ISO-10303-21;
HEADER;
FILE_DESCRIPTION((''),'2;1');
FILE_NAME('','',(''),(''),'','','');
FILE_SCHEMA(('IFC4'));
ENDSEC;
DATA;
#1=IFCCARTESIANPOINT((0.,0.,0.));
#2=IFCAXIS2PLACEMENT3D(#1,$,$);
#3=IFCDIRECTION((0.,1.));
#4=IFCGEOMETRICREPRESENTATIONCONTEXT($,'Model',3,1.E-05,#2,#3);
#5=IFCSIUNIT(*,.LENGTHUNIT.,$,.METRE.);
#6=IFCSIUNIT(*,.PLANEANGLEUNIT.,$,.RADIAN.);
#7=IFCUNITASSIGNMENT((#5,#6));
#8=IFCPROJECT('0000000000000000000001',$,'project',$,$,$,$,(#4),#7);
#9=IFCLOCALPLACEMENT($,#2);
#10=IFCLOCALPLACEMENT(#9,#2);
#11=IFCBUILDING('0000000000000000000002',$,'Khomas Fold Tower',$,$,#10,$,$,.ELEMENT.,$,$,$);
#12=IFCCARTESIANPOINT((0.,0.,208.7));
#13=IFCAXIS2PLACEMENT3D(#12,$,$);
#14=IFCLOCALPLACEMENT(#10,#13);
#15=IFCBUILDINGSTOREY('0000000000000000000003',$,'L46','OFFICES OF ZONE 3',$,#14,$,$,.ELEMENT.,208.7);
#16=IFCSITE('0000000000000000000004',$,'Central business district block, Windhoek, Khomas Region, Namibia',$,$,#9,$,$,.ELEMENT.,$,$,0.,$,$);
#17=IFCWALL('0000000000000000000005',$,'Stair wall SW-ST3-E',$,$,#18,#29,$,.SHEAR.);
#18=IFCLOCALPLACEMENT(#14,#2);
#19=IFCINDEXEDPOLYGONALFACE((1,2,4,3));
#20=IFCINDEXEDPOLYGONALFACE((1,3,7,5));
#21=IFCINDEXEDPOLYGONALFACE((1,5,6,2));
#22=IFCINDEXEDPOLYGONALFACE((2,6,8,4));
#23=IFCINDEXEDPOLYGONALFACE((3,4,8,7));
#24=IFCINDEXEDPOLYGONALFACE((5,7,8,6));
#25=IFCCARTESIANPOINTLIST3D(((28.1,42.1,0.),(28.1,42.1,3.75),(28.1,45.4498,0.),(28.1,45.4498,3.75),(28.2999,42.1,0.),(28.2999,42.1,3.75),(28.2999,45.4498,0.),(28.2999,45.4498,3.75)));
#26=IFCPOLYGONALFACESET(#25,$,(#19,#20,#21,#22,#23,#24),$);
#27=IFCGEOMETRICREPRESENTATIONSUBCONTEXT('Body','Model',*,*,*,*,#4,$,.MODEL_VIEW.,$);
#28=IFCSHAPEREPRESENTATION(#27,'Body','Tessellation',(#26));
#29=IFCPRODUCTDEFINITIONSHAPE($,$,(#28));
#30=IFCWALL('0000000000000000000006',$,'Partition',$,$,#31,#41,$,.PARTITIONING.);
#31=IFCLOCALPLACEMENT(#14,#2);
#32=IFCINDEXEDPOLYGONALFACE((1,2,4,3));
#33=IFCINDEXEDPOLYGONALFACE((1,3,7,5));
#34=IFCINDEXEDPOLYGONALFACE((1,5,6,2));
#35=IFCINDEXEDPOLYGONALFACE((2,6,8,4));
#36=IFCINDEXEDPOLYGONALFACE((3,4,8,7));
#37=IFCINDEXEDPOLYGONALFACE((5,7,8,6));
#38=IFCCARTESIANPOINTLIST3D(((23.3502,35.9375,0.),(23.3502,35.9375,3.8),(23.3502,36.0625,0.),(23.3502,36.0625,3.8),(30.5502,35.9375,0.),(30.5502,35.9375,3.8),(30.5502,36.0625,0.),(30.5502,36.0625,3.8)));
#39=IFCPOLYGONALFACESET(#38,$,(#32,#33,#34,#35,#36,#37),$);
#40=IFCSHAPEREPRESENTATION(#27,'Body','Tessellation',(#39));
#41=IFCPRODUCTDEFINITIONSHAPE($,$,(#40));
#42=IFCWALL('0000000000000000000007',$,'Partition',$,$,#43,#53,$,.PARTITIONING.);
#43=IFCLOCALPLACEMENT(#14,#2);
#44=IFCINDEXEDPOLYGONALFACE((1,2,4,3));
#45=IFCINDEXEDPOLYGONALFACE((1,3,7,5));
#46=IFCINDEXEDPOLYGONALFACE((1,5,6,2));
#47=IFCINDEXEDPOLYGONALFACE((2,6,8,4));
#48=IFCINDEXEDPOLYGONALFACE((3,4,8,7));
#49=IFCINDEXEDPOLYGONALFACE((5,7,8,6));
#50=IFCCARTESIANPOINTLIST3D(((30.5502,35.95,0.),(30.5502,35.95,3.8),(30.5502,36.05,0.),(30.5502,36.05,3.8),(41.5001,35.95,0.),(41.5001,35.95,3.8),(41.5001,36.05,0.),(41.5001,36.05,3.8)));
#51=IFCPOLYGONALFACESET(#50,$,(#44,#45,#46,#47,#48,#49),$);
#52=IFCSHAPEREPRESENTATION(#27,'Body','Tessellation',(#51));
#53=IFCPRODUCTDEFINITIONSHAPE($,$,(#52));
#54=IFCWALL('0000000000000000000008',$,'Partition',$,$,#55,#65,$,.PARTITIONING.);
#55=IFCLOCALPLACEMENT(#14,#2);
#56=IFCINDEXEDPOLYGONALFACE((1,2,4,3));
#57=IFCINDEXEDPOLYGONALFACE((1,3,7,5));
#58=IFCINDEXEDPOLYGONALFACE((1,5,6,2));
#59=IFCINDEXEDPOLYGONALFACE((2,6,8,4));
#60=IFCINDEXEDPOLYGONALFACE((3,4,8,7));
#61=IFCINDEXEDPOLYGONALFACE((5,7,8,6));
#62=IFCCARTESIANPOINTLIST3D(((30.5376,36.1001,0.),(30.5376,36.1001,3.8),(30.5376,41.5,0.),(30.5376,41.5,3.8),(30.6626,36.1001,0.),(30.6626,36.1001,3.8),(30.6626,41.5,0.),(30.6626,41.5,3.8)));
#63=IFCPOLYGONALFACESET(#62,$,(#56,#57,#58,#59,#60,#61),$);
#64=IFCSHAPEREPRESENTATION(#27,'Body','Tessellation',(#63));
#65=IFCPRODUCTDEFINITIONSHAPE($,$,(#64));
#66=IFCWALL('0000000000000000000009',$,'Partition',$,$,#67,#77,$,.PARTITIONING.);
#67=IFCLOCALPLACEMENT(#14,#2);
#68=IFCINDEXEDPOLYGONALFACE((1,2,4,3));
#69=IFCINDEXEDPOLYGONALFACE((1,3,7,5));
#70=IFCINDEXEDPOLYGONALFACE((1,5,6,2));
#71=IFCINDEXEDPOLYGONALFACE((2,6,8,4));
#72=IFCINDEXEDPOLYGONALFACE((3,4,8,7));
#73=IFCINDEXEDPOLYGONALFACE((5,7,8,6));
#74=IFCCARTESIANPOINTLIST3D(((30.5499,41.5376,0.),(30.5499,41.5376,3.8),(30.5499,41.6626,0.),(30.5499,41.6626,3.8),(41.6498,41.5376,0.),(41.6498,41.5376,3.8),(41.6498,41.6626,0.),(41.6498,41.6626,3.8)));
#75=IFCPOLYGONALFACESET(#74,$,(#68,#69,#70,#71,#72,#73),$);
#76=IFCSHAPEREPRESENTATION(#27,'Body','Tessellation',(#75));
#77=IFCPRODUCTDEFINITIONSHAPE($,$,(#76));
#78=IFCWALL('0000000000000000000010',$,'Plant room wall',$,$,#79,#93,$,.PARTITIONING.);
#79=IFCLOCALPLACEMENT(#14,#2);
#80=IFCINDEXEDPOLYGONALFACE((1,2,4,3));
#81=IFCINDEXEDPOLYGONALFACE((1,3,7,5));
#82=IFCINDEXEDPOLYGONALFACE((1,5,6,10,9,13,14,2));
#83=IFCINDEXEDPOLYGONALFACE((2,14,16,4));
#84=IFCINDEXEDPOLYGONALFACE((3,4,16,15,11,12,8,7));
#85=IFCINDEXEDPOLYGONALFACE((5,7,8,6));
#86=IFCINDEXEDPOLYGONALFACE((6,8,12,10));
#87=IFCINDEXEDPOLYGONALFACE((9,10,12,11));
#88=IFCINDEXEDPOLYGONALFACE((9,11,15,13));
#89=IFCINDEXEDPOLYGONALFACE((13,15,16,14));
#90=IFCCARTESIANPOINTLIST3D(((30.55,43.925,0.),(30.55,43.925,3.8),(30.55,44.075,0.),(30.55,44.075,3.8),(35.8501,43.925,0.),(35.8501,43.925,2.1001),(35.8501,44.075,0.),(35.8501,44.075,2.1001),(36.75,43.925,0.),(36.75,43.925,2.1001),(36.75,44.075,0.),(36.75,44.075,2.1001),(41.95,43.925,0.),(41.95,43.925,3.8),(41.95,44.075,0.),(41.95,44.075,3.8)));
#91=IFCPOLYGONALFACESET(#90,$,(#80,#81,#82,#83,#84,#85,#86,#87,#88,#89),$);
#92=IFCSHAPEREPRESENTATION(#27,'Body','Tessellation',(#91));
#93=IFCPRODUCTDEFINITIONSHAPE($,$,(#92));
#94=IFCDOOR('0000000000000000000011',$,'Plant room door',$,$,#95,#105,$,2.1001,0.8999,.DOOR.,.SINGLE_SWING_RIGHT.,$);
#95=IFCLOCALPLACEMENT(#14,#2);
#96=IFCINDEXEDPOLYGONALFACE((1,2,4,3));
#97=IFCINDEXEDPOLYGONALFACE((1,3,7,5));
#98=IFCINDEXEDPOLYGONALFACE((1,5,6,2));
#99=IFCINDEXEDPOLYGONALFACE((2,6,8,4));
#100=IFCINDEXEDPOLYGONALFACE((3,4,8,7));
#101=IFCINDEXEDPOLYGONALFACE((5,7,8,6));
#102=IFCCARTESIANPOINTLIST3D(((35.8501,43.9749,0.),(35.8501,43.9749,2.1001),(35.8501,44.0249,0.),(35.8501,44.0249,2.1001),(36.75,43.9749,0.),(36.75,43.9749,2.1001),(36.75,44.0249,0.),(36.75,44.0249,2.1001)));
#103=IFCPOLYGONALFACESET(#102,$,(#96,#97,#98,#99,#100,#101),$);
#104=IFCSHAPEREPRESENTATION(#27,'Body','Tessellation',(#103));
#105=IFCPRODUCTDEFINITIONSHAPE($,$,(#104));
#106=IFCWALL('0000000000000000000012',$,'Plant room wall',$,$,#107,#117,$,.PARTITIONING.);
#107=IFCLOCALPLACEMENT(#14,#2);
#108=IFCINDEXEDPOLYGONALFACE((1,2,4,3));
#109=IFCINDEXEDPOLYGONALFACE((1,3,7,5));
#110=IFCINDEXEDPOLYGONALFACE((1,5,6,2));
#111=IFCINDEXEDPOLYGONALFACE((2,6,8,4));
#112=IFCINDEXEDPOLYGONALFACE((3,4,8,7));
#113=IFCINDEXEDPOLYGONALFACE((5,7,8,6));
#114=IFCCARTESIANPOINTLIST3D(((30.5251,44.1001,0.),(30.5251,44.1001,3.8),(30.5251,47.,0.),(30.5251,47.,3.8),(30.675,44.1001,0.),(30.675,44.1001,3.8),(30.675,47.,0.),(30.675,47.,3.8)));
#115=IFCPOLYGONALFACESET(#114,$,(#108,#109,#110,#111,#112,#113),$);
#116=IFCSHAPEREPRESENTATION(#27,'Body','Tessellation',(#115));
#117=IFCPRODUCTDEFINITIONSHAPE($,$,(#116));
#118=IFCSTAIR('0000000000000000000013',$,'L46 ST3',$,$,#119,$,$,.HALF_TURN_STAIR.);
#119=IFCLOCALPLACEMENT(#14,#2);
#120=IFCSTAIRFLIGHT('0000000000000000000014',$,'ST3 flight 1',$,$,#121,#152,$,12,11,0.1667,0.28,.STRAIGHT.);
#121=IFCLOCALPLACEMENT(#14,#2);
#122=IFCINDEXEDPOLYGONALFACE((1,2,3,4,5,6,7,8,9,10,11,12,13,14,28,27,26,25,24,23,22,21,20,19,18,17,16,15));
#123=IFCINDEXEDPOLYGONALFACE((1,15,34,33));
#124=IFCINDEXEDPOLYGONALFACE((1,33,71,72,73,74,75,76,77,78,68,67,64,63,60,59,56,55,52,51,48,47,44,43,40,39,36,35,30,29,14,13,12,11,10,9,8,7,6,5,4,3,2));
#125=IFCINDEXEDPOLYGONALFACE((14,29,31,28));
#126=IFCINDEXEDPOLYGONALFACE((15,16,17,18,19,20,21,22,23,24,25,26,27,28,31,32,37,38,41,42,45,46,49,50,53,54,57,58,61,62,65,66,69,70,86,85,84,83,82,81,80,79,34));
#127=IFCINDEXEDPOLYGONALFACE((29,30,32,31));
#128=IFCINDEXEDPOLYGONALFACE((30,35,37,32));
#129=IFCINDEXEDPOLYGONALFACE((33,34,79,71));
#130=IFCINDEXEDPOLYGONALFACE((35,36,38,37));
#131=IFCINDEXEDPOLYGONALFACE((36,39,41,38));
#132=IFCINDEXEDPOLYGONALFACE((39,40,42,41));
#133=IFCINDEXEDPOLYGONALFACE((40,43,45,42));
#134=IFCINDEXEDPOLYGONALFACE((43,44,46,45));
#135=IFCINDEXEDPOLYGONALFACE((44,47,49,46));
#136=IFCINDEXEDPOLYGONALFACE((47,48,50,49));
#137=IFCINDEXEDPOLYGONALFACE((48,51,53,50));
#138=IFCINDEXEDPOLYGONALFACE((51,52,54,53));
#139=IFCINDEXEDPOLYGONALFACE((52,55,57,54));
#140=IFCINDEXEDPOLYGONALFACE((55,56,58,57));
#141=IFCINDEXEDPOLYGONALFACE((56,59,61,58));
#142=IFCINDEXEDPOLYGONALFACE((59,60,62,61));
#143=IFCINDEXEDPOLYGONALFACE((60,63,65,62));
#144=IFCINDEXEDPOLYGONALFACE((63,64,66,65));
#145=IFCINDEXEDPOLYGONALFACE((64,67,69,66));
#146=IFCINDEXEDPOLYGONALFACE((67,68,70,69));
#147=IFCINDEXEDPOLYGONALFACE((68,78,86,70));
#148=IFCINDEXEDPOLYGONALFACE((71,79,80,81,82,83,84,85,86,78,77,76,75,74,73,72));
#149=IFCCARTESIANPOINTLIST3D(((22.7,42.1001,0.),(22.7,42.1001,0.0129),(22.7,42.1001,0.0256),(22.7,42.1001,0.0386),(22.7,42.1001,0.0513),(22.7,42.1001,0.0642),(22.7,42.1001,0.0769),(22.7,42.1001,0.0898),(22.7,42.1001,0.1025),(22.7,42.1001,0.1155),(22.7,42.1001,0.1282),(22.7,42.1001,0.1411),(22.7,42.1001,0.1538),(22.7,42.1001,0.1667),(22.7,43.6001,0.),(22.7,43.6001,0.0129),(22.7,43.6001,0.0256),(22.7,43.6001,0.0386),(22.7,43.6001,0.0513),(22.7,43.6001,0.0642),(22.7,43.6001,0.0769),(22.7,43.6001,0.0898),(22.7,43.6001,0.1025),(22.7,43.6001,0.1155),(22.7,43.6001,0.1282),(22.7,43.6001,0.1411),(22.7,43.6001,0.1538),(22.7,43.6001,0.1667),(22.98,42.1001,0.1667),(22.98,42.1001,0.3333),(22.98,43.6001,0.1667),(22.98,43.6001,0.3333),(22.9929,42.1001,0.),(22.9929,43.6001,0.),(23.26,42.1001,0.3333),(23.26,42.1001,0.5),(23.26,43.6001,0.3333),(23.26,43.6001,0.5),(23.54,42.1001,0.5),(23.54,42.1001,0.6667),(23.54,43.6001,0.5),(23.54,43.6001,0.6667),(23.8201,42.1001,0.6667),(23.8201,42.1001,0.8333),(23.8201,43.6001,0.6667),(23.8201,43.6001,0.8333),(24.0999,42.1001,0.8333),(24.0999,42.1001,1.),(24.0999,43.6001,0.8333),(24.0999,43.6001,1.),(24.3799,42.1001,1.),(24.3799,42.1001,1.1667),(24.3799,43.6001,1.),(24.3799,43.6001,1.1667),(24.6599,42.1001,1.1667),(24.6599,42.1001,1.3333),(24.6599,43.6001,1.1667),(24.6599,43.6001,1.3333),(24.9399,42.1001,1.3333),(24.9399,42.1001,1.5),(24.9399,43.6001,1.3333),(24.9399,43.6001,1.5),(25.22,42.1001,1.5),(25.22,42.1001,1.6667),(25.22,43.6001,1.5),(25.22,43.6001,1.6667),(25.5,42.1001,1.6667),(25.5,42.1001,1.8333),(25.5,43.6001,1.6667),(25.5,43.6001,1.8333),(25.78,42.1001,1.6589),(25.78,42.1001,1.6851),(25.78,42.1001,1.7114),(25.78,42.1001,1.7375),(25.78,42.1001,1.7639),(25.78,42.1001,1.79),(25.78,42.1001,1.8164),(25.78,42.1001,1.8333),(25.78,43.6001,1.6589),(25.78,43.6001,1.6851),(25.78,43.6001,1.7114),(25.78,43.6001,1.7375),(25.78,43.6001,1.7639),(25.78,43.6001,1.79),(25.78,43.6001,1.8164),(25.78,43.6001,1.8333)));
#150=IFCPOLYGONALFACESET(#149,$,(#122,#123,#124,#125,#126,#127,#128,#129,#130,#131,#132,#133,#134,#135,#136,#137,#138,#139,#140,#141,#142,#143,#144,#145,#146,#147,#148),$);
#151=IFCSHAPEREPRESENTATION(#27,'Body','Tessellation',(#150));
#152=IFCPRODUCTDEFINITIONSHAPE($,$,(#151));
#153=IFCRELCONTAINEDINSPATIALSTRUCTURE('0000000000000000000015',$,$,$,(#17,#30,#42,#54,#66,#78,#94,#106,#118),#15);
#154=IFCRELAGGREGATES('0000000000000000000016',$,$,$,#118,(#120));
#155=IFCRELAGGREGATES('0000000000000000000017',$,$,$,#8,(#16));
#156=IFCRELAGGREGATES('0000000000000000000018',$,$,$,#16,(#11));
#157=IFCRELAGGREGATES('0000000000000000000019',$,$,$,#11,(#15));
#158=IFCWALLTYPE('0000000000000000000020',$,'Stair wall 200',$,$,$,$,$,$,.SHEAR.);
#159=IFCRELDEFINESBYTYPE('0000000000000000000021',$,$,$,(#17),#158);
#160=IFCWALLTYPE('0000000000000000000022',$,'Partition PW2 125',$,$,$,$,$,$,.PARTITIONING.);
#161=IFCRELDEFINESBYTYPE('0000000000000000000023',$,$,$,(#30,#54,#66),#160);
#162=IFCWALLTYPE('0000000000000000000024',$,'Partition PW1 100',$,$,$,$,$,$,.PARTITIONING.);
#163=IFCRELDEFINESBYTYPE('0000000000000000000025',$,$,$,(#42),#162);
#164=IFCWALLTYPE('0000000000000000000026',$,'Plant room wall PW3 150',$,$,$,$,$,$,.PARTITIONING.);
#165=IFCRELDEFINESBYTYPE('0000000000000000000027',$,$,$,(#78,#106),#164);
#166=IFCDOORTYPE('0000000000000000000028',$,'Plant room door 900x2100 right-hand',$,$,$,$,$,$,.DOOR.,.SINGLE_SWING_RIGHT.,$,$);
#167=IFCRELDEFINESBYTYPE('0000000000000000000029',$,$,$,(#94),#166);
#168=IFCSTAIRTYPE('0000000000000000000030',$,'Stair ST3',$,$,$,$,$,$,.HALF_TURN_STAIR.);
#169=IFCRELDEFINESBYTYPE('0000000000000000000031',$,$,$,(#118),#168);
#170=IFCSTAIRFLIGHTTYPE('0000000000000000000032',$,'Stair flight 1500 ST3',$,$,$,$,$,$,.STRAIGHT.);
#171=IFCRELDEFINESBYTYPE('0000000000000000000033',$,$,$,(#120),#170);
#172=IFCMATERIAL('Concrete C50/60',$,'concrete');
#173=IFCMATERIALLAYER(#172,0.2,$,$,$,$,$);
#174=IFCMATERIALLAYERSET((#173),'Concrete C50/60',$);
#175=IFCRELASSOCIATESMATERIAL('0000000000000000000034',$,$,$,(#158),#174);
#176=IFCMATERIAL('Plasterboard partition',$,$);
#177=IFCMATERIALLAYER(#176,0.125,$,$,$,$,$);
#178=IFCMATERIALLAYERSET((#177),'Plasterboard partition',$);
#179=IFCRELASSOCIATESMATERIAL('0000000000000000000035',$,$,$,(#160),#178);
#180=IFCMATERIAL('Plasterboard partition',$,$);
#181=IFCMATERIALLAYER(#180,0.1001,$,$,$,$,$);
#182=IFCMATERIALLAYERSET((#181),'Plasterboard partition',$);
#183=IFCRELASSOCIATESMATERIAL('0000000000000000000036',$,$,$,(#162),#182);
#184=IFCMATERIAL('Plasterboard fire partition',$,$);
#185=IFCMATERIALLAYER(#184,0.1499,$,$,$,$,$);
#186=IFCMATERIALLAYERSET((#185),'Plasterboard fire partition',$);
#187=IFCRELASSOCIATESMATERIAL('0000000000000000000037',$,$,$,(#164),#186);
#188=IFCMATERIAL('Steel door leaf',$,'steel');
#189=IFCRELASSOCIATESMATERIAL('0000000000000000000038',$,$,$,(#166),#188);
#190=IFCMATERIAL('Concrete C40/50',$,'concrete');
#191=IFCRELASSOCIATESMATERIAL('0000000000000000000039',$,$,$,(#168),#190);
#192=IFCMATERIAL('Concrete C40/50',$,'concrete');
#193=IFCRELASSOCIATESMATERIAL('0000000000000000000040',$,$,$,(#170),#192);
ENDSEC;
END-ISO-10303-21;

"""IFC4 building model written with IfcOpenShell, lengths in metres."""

from ifc_helpers import new_model, si_unit, direction, frame, frame_2d, origin, place, context, subcontext, project, spatial, polyline, rectangle, outline, extrude, source, transform, mapped, material, layer, layer_set, type_object, element, fill, aggregate, save


model = new_model("IFC4")

# Units and contexts
model_context = context("Model", 3, precision=1e-05, world=origin(), true_north=direction((0.0, 1.0)))
body_context = subcontext(model_context, "Body", "Model", "MODEL_VIEW")
ifc_project = project(units=[si_unit("LENGTHUNIT", "METRE"), si_unit("PLANEANGLEUNIT", "RADIAN")], contexts=[model_context])

# Site, building, storey
site_placement = place(None, origin())
site = spatial("IfcSite", under=ifc_project, at=site_placement, Name="Central business district block, Windhoek, Khomas Region, Namibia", CompositionType="ELEMENT", RefElevation=0.0)
building_placement = place(site_placement, origin())
building = spatial("IfcBuilding", under=site, at=building_placement, Name="Khomas Fold Tower", CompositionType="ELEMENT")
storey_placement = place(building_placement, frame((0.0, 0.0, 208.7)))
storey = spatial("IfcBuildingStorey", under=building, at=storey_placement, Name="L46", Description="OFFICES OF ZONE 3", CompositionType="ELEMENT", Elevation=208.7)

# Walls
ifc_material_1 = material(Name="Concrete C50/60", Category="concrete")
ifc_layer_1 = layer(ifc_material_1, 0.2)
ifc_layer_set_1 = layer_set([ifc_layer_1], Name="Concrete C50/60")
wall_type_1 = type_object("IfcWallType", Name="Stair wall 200", PredefinedType="SHEAR", material=ifc_layer_set_1)
shared_shape_1 = source(origin(), body_context, "Body", "SweptSolid", [
    extrude(rectangle(XDim=3.3499, YDim=0.2, at=frame_2d((1.6748, 0.0))), origin(), (0.0, 0.0, 1.0), 3.75),
])
wall_1_placement = place(storey_placement, frame((28.2, 42.1001, 0.0), z_axis=(0.0, 0.0, 1.0), x_axis=(0.0, 1.0, 0.0)))
element("IfcWall", 1, at=wall_1_placement, inside=storey, type_object=wall_type_1, Name="Stair wall SW-ST3-E", PredefinedType="SHEAR", context=body_context, shape_type="MappedRepresentation", body=[
    mapped(shared_shape_1, transform((0.0, 0.0, 0.0))),
])
ifc_material_2 = material(Name="Plasterboard partition")
ifc_layer_2 = layer(ifc_material_2, 0.125)
ifc_layer_set_2 = layer_set([ifc_layer_2], Name="Plasterboard partition")
wall_type_2 = type_object("IfcWallType", Name="Partition PW2 125", PredefinedType="PARTITIONING", material=ifc_layer_set_2)
shared_shape_2 = source(origin(), body_context, "Body", "SweptSolid", [
    extrude(rectangle(XDim=7.2, YDim=0.125, at=frame_2d((3.6001, 0.0))), origin(), (0.0, 0.0, 1.0), 3.8),
])
wall_2_placement = place(storey_placement, frame((23.3501, 36.0, 0.0), z_axis=(0.0, 0.0, 1.0), x_axis=(1.0, 0.0, 0.0)))
element("IfcWall", 2, at=wall_2_placement, inside=storey, type_object=wall_type_2, Name="Partition", PredefinedType="PARTITIONING", context=body_context, shape_type="MappedRepresentation", body=[
    mapped(shared_shape_2, transform((0.0, 0.0, 0.0))),
])
ifc_material_3 = material(Name="Plasterboard partition")
ifc_layer_3 = layer(ifc_material_3, 0.1001)
ifc_layer_set_3 = layer_set([ifc_layer_3], Name="Plasterboard partition")
wall_type_3 = type_object("IfcWallType", Name="Partition PW1 100", PredefinedType="PARTITIONING", material=ifc_layer_set_3)
shared_shape_3 = source(origin(), body_context, "Body", "SweptSolid", [
    extrude(rectangle(XDim=10.95, YDim=0.1001, at=frame_2d((5.4751, 0.0))), origin(), (0.0, 0.0, 1.0), 3.8),
])
wall_3_placement = place(storey_placement, frame((30.55, 36.0, 0.0), z_axis=(0.0, 0.0, 1.0), x_axis=(1.0, 0.0, 0.0)))
element("IfcWall", 3, at=wall_3_placement, inside=storey, type_object=wall_type_3, Name="Partition", PredefinedType="PARTITIONING", context=body_context, shape_type="MappedRepresentation", body=[
    mapped(shared_shape_3, transform((0.0, 0.0, 0.0))),
])
shared_shape_4 = source(origin(), body_context, "Body", "SweptSolid", [
    extrude(rectangle(XDim=5.3999, YDim=0.125, at=frame_2d((2.7, 0.0))), origin(), (0.0, 0.0, 1.0), 3.8),
])
wall_4_placement = place(storey_placement, frame((30.6001, 36.1001, 0.0), z_axis=(0.0, 0.0, 1.0), x_axis=(0.0, 1.0, 0.0)))
element("IfcWall", 4, at=wall_4_placement, inside=storey, type_object=wall_type_2, Name="Partition", PredefinedType="PARTITIONING", context=body_context, shape_type="MappedRepresentation", body=[
    mapped(shared_shape_4, transform((0.0, 0.0, 0.0))),
])
shared_shape_5 = source(origin(), body_context, "Body", "SweptSolid", [
    extrude(rectangle(XDim=11.0999, YDim=0.125, at=frame_2d((5.5498, 0.0))), origin(), (0.0, 0.0, 1.0), 3.8),
])
wall_5_placement = place(storey_placement, frame((30.55, 41.6001, 0.0), z_axis=(0.0, 0.0, 1.0), x_axis=(1.0, 0.0, 0.0)))
element("IfcWall", 5, at=wall_5_placement, inside=storey, type_object=wall_type_2, Name="Partition", PredefinedType="PARTITIONING", context=body_context, shape_type="MappedRepresentation", body=[
    mapped(shared_shape_5, transform((0.0, 0.0, 0.0))),
])

# Wall, opening, door
ifc_material_4 = material(Name="Plasterboard fire partition")
ifc_layer_4 = layer(ifc_material_4, 0.1499)
ifc_layer_set_4 = layer_set([ifc_layer_4], Name="Plasterboard fire partition")
wall_type_4 = type_object("IfcWallType", Name="Plant room wall PW3 150", PredefinedType="PARTITIONING", material=ifc_layer_set_4)
shared_shape_6 = source(origin(), body_context, "Body", "SweptSolid", [
    extrude(rectangle(XDim=11.3999, YDim=0.1499, at=frame_2d((5.7, 0.0))), origin(), (0.0, 0.0, 1.0), 3.8),
])
wall_6_placement = place(storey_placement, frame((30.55, 44.0, 0.0), z_axis=(0.0, 0.0, 1.0), x_axis=(1.0, 0.0, 0.0)))
wall_6 = element("IfcWall", 6, at=wall_6_placement, inside=storey, type_object=wall_type_4, Name="Plant room wall", PredefinedType="PARTITIONING", context=body_context, shape_type="MappedRepresentation", body=[
    mapped(shared_shape_6, transform((0.0, 0.0, 0.0))),
])
shared_shape_7 = source(origin(), body_context, "Body", "SweptSolid", [
    extrude(rectangle(XDim=0.8999, YDim=2.1001, at=frame_2d((0.45, 1.05))), frame((0.0, 0.085, 0.0), z_axis=(0.0, -1.0, 0.0), x_axis=(1.0, 0.0, 0.0)), (0.0, 0.0, 1.0), 0.1699),
])
opening_placement = place(wall_6_placement, frame((5.3, 0.0, 0.0)))
opening = element("IfcOpeningElement", 7, at=opening_placement, cuts=wall_6, PredefinedType="OPENING", context=body_context, shape_type="MappedRepresentation", body=[
    mapped(shared_shape_7, transform((0.0, 0.0, 0.0))),
])
ifc_material_5 = material(Name="Steel door leaf", Category="steel")
door_type = type_object("IfcDoorType", Name="Plant room door 900x2100 right-hand", OperationType="SINGLE_SWING_RIGHT", PredefinedType="DOOR", material=ifc_material_5)
shared_shape_8 = source(origin(), body_context, "Body", "SweptSolid", [
    extrude(rectangle(XDim=0.8999, YDim=2.1001, at=frame_2d((0.45, 1.05))), frame((0.0, 0.0249, 0.0), z_axis=(0.0, -1.0, 0.0), x_axis=(1.0, 0.0, 0.0)), (0.0, 0.0, 1.0), 0.05),
])
door_placement = place(opening_placement, origin())
door = element("IfcDoor", 8, at=door_placement, inside=storey, type_object=door_type, Name="Plant room door", OperationType="SINGLE_SWING_RIGHT", OverallHeight=2.1001, OverallWidth=0.8999, PredefinedType="DOOR", context=body_context, shape_type="MappedRepresentation", body=[
    mapped(shared_shape_8, transform((0.0, 0.0, 0.0))),
])
fill(opening, door)

# Wall
shared_shape_9 = source(origin(), body_context, "Body", "SweptSolid", [
    extrude(rectangle(XDim=2.8999, YDim=0.1499, at=frame_2d((1.45, 0.0))), origin(), (0.0, 0.0, 1.0), 3.8),
])
wall_7_placement = place(storey_placement, frame((30.6001, 44.1001, 0.0), z_axis=(0.0, 0.0, 1.0), x_axis=(0.0, 1.0, 0.0)))
element("IfcWall", 9, at=wall_7_placement, inside=storey, type_object=wall_type_4, Name="Plant room wall", PredefinedType="PARTITIONING", context=body_context, shape_type="MappedRepresentation", body=[
    mapped(shared_shape_9, transform((0.0, 0.0, 0.0))),
])

# Stair, stair flight
ifc_material_6 = material(Name="Concrete C40/50", Category="concrete")
stair_type = type_object("IfcStairType", Name="Stair ST3", PredefinedType="HALF_TURN_STAIR", material=ifc_material_6)
stair_placement = place(storey_placement, origin())
stair = element("IfcStair", 10, at=stair_placement, inside=storey, type_object=stair_type, Name="L46 ST3", PredefinedType="HALF_TURN_STAIR")
ifc_material_7 = material(Name="Concrete C40/50", Category="concrete")
stair_flight_type = type_object("IfcStairFlightType", Name="Stair flight 1500 ST3", PredefinedType="STRAIGHT", material=ifc_material_7)
shared_shape_10 = source(origin(), body_context, "Body", "SweptSolid", [
    extrude(outline(polyline([(0.0, 0.0), (0.0, 0.0129), (0.0, 0.0256), (0.0, 0.0386), (0.0, 0.0513), (0.0, 0.0642), (0.0, 0.0769), (0.0, 0.0898), (0.0, 0.1025), (0.0, 0.1155), (0.0, 0.1282), (0.0, 0.1411), (0.0, 0.1538), (0.0, 0.1667), (0.28, 0.1667), (0.28, 0.3333), (0.5601, 0.3333), (0.5601, 0.5), (0.8401, 0.5), (0.8401, 0.6667), (1.1201, 0.6667), (1.1201, 0.8333), (1.3999, 0.8333), (1.3999, 1.0), (1.6799, 1.0), (1.6799, 1.1667), (1.96, 1.1667), (1.96, 1.3333), (2.24, 1.3333), (2.24, 1.5), (2.52, 1.5), (2.52, 1.6667), (2.8, 1.6667), (2.8, 1.8333), (3.0801, 1.8333), (3.0801, 2.0), (3.0801, 1.9739), (3.0801, 1.9475), (3.0801, 1.9214), (3.0801, 1.895), (3.0801, 1.8689), (3.0801, 1.8425), (3.0801, 1.8164), (3.0801, 1.79), (3.0801, 1.7639), (3.0801, 1.7375), (3.0801, 1.7114), (3.0801, 1.6851), (3.0801, 1.6589), (0.293, 0.0), (0.0, 0.0)])), frame((0.0, 0.75, 0.0), z_axis=(0.0, -1.0, 0.0), x_axis=(1.0, 0.0, 0.0)), (0.0, 0.0, 1.0), 1.5),
])
stair_flight_1_placement = place(storey_placement, frame((22.7, 42.8501, 0.0), z_axis=(0.0, 0.0, 1.0), x_axis=(1.0, 0.0, 0.0)))
stair_flight_1 = element("IfcStairFlight", 11, at=stair_flight_1_placement, type_object=stair_flight_type, Name="ST3 flight 1", NumberOfRisers=12, NumberOfTreads=11, PredefinedType="STRAIGHT", RiserHeight=0.1667, TreadLength=0.28, context=body_context, shape_type="MappedRepresentation", body=[
    mapped(shared_shape_10, transform((0.0, 0.0, 0.0))),
])
aggregate(stair, [stair_flight_1])

save(model, "model.ifc")
